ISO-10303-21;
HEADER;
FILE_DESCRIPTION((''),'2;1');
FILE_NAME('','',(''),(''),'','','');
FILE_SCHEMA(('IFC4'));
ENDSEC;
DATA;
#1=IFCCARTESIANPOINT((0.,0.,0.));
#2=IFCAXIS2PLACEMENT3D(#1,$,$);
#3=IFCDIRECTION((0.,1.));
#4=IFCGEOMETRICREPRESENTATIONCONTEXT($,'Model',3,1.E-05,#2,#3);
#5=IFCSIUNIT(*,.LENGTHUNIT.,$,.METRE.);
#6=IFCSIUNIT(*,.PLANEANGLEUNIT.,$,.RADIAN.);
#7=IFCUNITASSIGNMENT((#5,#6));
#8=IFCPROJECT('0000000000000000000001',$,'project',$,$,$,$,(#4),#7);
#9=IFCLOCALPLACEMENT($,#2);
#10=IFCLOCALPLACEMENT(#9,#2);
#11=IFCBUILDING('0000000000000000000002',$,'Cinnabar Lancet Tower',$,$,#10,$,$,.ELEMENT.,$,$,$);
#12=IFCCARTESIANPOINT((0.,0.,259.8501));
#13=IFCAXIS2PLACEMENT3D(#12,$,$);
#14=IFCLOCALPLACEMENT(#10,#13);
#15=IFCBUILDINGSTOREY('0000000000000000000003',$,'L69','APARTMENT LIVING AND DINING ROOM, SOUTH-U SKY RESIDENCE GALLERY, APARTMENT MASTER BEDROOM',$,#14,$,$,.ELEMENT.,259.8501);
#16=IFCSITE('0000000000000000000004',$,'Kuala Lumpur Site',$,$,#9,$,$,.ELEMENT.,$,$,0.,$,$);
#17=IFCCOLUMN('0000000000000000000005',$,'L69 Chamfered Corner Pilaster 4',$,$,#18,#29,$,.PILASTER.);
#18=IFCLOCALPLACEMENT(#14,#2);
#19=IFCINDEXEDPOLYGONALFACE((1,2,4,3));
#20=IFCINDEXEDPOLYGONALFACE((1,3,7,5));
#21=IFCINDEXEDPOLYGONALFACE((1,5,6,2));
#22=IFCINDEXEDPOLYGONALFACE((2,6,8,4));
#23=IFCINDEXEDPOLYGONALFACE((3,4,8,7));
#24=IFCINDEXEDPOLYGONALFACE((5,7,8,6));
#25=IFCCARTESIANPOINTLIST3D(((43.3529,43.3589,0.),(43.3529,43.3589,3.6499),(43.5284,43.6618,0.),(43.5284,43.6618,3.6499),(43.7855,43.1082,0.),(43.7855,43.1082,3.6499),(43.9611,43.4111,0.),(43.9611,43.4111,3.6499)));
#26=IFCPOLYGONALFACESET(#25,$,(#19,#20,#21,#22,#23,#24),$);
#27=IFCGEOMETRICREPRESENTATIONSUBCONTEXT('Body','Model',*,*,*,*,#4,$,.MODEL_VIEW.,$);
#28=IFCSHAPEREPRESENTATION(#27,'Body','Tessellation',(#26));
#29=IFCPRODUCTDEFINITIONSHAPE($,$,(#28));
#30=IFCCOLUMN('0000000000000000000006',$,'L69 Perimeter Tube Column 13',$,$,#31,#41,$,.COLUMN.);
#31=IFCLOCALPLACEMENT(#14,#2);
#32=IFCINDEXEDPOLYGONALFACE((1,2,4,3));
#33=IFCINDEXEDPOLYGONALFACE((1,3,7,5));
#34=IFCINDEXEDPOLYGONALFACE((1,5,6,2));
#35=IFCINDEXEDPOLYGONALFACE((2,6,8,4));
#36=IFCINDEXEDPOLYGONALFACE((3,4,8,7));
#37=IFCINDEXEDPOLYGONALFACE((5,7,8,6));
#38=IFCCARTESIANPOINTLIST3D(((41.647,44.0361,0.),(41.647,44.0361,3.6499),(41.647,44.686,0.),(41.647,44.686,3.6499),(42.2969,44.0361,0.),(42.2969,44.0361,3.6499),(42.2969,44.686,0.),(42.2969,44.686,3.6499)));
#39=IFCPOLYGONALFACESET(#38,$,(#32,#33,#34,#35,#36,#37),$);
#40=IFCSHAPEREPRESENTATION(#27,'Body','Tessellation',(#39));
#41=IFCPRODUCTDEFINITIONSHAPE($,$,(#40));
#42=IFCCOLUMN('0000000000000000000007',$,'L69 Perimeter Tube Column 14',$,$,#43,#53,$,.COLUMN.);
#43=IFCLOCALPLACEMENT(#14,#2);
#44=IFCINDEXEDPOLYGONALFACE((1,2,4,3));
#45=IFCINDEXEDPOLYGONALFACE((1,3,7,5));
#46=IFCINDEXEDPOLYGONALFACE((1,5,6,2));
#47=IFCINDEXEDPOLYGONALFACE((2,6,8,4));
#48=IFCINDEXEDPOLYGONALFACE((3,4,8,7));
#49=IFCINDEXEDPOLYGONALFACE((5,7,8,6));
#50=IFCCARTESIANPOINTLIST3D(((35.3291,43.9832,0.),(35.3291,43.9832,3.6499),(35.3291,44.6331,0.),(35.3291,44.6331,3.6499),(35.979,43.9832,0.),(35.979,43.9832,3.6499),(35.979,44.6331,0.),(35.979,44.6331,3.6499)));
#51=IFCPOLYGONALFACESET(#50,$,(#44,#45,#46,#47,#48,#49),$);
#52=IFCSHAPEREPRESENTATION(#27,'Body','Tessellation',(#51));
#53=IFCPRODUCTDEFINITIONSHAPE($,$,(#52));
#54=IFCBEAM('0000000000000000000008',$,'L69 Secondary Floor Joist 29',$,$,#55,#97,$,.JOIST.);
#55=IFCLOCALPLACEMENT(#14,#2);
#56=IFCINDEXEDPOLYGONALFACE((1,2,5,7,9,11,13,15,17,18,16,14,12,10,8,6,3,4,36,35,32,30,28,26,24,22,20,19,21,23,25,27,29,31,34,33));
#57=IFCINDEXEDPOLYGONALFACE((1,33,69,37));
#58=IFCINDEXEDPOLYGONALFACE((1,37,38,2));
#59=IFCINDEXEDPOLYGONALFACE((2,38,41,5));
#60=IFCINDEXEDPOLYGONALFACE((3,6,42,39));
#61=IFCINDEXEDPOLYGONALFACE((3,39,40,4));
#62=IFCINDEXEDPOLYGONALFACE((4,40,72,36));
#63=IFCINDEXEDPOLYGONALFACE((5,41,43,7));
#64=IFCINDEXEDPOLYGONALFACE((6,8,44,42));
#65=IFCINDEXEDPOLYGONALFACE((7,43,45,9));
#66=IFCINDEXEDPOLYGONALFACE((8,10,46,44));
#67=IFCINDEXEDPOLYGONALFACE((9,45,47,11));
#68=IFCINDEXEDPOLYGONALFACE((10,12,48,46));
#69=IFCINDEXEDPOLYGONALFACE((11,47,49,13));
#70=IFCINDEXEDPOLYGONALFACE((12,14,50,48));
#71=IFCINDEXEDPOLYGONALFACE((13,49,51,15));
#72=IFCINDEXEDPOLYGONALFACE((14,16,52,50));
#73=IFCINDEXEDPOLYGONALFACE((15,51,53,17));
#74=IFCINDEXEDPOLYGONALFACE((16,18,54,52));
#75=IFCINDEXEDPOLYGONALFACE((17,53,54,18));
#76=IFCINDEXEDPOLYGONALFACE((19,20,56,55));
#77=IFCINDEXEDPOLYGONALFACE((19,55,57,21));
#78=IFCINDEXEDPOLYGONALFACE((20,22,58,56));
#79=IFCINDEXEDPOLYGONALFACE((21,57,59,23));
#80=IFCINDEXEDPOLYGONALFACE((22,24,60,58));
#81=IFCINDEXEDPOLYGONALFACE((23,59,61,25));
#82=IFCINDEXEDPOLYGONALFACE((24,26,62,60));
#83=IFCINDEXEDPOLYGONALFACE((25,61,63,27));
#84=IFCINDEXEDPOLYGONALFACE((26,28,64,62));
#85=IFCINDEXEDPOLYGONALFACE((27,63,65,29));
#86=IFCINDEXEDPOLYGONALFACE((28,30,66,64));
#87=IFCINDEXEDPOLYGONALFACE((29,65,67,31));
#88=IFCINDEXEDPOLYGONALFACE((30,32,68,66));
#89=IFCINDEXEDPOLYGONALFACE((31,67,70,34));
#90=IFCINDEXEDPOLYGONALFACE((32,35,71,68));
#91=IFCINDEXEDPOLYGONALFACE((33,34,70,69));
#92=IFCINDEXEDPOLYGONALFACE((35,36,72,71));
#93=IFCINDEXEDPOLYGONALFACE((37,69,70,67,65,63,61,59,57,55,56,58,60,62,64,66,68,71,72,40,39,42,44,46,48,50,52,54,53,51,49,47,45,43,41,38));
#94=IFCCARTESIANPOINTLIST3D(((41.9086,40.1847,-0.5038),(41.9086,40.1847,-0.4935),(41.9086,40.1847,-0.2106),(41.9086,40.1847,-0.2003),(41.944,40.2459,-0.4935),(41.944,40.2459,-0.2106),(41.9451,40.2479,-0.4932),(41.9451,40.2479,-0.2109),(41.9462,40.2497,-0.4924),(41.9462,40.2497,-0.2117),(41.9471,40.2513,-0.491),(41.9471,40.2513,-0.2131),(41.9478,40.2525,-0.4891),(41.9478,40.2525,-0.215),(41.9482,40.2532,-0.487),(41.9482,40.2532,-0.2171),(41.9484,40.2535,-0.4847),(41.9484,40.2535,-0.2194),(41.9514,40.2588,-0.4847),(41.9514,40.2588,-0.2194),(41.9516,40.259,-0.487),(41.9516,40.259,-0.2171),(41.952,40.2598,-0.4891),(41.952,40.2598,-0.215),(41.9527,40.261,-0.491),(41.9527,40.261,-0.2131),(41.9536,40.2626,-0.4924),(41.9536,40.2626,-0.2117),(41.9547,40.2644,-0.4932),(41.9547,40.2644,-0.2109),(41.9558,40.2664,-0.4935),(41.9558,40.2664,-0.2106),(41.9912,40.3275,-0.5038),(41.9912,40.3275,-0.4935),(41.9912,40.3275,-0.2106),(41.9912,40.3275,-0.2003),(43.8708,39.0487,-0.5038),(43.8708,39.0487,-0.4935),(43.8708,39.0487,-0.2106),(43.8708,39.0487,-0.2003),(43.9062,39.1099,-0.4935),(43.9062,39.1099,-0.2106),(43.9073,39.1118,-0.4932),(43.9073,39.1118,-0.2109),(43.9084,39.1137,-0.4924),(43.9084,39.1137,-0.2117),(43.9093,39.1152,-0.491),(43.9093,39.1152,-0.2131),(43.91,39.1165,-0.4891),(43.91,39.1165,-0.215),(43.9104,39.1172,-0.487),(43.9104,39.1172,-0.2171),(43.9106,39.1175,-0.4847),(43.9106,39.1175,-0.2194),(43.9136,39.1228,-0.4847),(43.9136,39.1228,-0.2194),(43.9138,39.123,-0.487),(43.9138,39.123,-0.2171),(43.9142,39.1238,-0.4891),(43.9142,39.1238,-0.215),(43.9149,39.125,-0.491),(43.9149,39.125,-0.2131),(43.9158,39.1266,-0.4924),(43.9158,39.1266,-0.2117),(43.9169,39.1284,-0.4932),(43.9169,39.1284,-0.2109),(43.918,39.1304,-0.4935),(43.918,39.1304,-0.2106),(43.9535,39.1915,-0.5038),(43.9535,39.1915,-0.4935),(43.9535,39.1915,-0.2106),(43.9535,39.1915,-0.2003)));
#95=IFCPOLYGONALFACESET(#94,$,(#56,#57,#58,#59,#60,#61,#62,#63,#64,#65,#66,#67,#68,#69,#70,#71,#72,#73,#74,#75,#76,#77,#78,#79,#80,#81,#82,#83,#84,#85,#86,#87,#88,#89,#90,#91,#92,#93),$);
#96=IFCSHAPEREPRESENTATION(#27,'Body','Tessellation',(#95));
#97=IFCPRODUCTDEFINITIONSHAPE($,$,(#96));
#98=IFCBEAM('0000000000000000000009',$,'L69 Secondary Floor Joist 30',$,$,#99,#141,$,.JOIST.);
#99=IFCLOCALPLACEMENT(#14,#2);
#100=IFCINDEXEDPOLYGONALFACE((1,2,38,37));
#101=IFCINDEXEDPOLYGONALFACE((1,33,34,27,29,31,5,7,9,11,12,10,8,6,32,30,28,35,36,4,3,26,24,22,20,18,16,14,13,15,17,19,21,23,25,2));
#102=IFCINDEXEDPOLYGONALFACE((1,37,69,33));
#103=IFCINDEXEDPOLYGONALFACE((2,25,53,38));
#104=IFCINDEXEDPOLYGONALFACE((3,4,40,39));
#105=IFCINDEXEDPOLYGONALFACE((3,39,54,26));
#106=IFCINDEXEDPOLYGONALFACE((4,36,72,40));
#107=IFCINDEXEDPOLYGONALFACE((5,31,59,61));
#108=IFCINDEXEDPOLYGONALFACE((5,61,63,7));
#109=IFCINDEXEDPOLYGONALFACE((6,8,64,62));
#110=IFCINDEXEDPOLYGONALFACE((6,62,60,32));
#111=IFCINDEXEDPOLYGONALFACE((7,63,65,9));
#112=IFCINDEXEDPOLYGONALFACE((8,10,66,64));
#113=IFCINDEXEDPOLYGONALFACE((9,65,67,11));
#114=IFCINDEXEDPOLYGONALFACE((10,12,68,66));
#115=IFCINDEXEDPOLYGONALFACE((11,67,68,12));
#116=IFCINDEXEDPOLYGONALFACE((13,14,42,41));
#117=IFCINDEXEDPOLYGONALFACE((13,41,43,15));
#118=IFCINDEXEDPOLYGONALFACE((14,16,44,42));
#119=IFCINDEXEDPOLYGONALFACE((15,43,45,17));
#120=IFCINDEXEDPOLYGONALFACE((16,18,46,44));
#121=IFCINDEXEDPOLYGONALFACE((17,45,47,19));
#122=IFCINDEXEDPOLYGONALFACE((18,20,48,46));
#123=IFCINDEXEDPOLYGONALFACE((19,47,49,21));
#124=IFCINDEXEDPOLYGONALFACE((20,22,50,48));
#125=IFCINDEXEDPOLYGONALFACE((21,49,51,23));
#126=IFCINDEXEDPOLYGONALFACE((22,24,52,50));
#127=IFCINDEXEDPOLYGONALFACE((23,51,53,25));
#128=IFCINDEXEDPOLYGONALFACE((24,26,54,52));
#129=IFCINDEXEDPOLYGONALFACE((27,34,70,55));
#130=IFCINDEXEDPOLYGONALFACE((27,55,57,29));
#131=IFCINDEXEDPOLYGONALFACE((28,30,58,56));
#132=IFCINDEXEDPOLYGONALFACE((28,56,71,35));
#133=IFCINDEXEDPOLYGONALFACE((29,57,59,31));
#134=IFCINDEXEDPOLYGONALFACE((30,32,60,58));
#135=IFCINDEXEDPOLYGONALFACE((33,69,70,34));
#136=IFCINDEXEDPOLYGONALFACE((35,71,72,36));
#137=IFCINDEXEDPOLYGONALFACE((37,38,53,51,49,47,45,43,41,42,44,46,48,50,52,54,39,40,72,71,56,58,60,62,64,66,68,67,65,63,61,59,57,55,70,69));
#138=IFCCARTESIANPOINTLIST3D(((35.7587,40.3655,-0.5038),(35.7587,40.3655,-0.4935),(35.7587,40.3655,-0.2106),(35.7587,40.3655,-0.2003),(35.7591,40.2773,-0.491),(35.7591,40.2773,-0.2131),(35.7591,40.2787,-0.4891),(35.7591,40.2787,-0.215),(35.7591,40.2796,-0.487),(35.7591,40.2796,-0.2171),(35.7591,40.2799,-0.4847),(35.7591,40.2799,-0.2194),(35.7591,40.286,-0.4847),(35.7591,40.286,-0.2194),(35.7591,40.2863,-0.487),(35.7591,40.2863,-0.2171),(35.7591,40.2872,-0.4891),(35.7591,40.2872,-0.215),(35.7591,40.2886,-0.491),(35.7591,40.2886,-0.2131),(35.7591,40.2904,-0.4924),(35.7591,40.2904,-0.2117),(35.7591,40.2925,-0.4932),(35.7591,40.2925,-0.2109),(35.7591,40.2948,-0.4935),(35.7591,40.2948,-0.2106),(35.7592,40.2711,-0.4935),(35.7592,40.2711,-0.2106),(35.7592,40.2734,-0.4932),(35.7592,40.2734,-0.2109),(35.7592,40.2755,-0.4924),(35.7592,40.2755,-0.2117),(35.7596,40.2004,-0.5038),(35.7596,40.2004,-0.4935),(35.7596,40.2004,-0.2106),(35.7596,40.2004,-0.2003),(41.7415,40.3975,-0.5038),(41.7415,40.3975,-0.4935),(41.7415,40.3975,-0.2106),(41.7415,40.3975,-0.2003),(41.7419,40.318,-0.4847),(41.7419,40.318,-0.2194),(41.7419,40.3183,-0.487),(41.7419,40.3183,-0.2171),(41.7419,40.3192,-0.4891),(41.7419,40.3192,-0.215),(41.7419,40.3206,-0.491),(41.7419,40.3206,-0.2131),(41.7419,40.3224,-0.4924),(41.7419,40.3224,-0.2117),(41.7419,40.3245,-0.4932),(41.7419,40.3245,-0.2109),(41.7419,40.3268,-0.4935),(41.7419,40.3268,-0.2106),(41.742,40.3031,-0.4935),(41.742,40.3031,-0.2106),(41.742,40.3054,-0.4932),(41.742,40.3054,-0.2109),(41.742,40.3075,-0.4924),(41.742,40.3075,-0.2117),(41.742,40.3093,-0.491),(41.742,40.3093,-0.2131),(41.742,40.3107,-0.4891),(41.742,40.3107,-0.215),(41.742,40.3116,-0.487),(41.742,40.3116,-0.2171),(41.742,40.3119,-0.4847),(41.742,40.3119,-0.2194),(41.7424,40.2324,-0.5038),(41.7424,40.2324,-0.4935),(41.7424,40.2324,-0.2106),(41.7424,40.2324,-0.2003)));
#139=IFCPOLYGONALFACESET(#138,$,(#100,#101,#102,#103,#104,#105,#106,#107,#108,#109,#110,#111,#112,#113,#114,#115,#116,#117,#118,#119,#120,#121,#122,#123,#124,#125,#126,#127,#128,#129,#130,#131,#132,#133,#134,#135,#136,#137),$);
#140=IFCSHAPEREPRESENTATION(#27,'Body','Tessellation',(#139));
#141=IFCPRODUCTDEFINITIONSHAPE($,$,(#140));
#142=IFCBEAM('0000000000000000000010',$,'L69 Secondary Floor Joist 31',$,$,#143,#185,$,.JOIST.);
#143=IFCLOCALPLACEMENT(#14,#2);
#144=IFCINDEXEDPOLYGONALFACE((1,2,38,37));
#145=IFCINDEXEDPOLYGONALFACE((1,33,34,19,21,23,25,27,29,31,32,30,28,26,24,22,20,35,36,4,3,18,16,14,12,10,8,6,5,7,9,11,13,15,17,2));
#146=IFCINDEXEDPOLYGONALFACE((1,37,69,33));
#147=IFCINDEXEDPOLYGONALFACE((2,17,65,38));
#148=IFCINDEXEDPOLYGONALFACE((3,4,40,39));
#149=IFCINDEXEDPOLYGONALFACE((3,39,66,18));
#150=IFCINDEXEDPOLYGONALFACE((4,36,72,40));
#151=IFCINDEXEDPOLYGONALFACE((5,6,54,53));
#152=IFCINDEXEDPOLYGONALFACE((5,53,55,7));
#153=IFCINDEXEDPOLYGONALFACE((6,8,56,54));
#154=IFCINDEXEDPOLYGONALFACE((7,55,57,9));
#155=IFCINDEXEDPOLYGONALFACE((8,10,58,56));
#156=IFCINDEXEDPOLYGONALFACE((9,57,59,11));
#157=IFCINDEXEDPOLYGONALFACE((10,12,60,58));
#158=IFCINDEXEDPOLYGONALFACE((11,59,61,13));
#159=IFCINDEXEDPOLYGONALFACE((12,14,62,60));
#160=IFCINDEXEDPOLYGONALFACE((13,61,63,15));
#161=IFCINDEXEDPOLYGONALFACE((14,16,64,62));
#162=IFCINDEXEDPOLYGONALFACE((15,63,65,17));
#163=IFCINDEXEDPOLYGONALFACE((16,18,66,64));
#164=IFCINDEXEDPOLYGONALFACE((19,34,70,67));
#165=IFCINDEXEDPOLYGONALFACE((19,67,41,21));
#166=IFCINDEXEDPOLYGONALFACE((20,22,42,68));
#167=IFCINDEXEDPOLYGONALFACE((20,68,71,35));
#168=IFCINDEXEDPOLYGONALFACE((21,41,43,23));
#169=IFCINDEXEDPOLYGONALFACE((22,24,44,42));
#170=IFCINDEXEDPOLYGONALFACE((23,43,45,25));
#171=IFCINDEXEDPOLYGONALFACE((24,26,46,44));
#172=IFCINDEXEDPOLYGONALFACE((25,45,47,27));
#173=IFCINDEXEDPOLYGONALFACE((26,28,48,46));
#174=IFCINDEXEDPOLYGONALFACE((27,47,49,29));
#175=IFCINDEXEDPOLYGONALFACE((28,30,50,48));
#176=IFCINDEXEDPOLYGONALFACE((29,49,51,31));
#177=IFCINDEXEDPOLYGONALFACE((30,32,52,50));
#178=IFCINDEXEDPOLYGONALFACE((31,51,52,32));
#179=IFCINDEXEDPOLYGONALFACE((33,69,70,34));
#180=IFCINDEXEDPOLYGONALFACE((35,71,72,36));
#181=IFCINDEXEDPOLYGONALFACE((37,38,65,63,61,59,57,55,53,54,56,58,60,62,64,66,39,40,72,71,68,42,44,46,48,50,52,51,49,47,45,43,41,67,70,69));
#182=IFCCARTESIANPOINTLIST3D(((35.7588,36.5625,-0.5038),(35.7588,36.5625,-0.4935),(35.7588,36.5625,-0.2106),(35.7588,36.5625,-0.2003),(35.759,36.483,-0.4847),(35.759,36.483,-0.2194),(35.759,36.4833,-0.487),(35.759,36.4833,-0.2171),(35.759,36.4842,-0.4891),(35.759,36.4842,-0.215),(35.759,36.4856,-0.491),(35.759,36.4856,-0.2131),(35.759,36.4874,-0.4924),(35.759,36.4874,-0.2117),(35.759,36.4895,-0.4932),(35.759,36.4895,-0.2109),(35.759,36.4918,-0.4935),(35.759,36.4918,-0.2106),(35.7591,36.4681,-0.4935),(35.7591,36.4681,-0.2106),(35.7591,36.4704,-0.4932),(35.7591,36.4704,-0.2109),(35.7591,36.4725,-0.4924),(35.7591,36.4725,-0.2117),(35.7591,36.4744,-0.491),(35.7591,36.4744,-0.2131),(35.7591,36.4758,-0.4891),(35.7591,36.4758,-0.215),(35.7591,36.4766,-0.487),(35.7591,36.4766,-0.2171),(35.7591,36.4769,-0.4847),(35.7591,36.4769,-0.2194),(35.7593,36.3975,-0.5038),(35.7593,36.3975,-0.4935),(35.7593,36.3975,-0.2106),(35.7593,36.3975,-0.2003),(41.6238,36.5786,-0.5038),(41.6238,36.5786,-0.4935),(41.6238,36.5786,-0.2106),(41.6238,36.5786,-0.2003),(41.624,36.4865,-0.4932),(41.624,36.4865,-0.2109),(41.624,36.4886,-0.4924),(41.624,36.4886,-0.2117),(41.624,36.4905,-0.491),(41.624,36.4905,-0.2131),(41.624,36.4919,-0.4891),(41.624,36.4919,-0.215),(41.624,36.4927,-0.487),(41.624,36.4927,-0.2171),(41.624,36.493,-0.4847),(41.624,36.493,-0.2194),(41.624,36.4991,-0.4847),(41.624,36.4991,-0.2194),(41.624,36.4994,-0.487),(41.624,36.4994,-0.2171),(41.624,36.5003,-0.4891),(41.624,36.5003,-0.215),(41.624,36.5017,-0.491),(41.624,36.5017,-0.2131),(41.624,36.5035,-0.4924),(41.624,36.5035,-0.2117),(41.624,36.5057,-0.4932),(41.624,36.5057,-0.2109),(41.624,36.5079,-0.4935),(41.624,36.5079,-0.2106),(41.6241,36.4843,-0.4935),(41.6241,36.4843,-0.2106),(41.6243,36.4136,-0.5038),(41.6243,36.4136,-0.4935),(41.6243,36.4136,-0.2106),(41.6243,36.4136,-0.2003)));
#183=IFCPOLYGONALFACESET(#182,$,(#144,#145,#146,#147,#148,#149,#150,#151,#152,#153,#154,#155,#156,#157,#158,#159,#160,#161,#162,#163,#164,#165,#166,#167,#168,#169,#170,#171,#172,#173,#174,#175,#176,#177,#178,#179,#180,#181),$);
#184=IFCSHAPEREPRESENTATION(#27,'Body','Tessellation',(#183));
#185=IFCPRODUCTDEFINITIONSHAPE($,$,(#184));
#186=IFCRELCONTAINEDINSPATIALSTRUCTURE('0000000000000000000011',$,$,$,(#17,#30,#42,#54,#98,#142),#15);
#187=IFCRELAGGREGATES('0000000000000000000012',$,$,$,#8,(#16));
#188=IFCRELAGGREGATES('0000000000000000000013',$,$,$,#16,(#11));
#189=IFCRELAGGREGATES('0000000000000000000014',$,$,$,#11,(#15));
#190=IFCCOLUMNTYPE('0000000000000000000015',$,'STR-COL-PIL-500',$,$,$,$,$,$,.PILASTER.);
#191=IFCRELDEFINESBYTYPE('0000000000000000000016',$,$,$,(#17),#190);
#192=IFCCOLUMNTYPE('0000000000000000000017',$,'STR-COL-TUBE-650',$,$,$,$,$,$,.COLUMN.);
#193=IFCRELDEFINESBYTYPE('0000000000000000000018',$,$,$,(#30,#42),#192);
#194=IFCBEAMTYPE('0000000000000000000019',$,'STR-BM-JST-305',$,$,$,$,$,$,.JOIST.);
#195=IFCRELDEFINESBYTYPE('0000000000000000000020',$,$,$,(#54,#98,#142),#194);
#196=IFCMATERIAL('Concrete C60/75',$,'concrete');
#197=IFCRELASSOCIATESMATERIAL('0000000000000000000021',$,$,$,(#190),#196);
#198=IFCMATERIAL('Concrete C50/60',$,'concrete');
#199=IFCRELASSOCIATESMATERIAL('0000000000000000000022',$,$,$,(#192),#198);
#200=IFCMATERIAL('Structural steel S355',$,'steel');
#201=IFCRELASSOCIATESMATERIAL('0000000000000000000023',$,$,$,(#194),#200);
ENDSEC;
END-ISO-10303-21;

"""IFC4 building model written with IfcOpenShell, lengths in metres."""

from ifc_helpers import new_model, si_unit, direction, frame, origin, origin_2d, place, context, subcontext, project, spatial, rectangle, i_section, extrude, material, material_profile, profile_set, type_object, element, save


model = new_model("IFC4")

# Units and contexts
model_context = context("Model", 3, precision=1e-05, world=origin(), true_north=direction((0.0, 1.0)))
body_context = subcontext(model_context, "Body", "Model", "MODEL_VIEW")
ifc_project = project(units=[si_unit("LENGTHUNIT", "METRE"), si_unit("PLANEANGLEUNIT", "RADIAN")], contexts=[model_context])

# Site, building, storey
site_placement = place(None, origin())
site = spatial("IfcSite", under=ifc_project, at=site_placement, Name="Kuala Lumpur Site", CompositionType="ELEMENT", RefElevation=0.0)
building_placement = place(site_placement, origin())
building = spatial("IfcBuilding", under=site, at=building_placement, Name="Cinnabar Lancet Tower", CompositionType="ELEMENT")
storey_placement = place(building_placement, frame((0.0, 0.0, 259.8501)))
storey = spatial("IfcBuildingStorey", under=building, at=storey_placement, Name="L69", Description="APARTMENT LIVING AND DINING ROOM, SOUTH-U SKY RESIDENCE GALLERY, APARTMENT MASTER BEDROOM", CompositionType="ELEMENT", Elevation=259.8501)

# Columns
ifc_material_1 = material(Name="Concrete C60/75", Category="concrete")
ifc_material_profile_1 = material_profile(ifc_material_1, rectangle(XDim=0.5, YDim=0.3501, at=origin_2d()), Name="RC-PIL 500x350")
ifc_profile_set_1 = profile_set([ifc_material_profile_1], Name="Concrete C60/75")
column_type_1 = type_object("IfcColumnType", Name="STR-COL-PIL-500", PredefinedType="PILASTER", material=ifc_profile_set_1)
column_placement = place(storey_placement, frame((43.657, 43.385, 0.0), z_axis=(0.0, 0.0, 1.0), x_axis=(-0.865256, 0.50133, 0.0)))
element("IfcColumn", 1, at=column_placement, inside=storey, type_object=column_type_1, Name="L69 Chamfered Corner Pilaster 4", PredefinedType="PILASTER", context=body_context, shape_type="SweptSolid", body=[
    extrude(rectangle(XDim=0.5, YDim=0.3501, at=origin_2d()), origin(), (0.0, 0.0, 1.0), 3.6499),
])
ifc_material_2 = material(Name="Concrete C50/60", Category="concrete")
ifc_material_profile_2 = material_profile(ifc_material_2, rectangle(XDim=0.6499, YDim=0.6499, at=origin_2d()), Name="RC-COL 650x650")
ifc_profile_set_2 = profile_set([ifc_material_profile_2], Name="Concrete C50/60")
column_type_2 = type_object("IfcColumnType", Name="STR-COL-TUBE-650", PredefinedType="COLUMN", material=ifc_profile_set_2)
for number, where, z_axis, x_axis, name in (
    (2, (41.9719, 44.3611, 0.0), (0.0, 0.0, 1.0), (1.0, 0.0, 0.0), "L69 Perimeter Tube Column 13"),
    (3, (35.6541, 44.3081, 0.0), (0.0, 0.0, 1.0), (1.0, 0.0, 0.0), "L69 Perimeter Tube Column 14"),
):
    element("IfcColumn", number, at=place(storey_placement, frame(where, z_axis=z_axis, x_axis=x_axis)), inside=storey, type_object=column_type_2, Name=name, PredefinedType="COLUMN", context=body_context, shape_type="SweptSolid", body=[
        extrude(rectangle(XDim=0.6499, YDim=0.6499, at=origin_2d()), origin(), (0.0, 0.0, 1.0), 3.6499),
    ])

# Beams
ifc_material_3 = material(Name="Structural steel S355", Category="steel")
ifc_material_profile_3 = material_profile(ifc_material_3, i_section(OverallWidth=0.165, OverallDepth=0.3035, WebThickness=0.0061, FlangeThickness=0.0103, FilletRadius=0.0088, at=origin_2d()), Name="UKB 305x165x40")
ifc_profile_set_3 = profile_set([ifc_material_profile_3], Name="Structural steel S355")
beam_type_1 = type_object("IfcBeamType", Name="STR-BM-JST-305", PredefinedType="JOIST", material=ifc_profile_set_3)
beam_1_placement = place(storey_placement, frame((43.9121, 39.1201, -0.3521), z_axis=(-0.865426, 0.501036, 0.0), x_axis=(-0.501036, -0.865426, 0.0)))
element("IfcBeam", 4, at=beam_1_placement, inside=storey, type_object=beam_type_1, Name="L69 Secondary Floor Joist 29", PredefinedType="JOIST", context=body_context, shape_type="SweptSolid", body=[
    extrude(i_section(OverallWidth=0.165, OverallDepth=0.3035, WebThickness=0.0061, FlangeThickness=0.0103, FilletRadius=0.0088, at=origin_2d()), origin(), (0.0, 0.0, 1.0), 2.2673),
])
beam_2_placement = place(storey_placement, frame((41.7419, 40.3149, -0.3521), z_axis=(-0.999986, -0.005346, 0.0), x_axis=(0.005346, -0.999986, 0.0)))
element("IfcBeam", 5, at=beam_2_placement, inside=storey, type_object=beam_type_1, Name="L69 Secondary Floor Joist 30", PredefinedType="JOIST", context=body_context, shape_type="SweptSolid", body=[
    extrude(i_section(OverallWidth=0.165, OverallDepth=0.3035, WebThickness=0.0061, FlangeThickness=0.0103, FilletRadius=0.0088, at=origin_2d()), origin(), (0.0, 0.0, 1.0), 5.9829),
])
beam_3_placement = place(storey_placement, frame((41.624, 36.4961, -0.3521), z_axis=(-0.999996, -0.002747, 0.0), x_axis=(0.002747, -0.999996, 0.0)))
element("IfcBeam", 6, at=beam_3_placement, inside=storey, type_object=beam_type_1, Name="L69 Secondary Floor Joist 31", PredefinedType="JOIST", context=body_context, shape_type="SweptSolid", body=[
    extrude(i_section(OverallWidth=0.165, OverallDepth=0.3035, WebThickness=0.0061, FlangeThickness=0.0103, FilletRadius=0.0088, at=origin_2d()), origin(), (0.0, 0.0, 1.0), 5.865),
])

save(model, "model.ifc")
